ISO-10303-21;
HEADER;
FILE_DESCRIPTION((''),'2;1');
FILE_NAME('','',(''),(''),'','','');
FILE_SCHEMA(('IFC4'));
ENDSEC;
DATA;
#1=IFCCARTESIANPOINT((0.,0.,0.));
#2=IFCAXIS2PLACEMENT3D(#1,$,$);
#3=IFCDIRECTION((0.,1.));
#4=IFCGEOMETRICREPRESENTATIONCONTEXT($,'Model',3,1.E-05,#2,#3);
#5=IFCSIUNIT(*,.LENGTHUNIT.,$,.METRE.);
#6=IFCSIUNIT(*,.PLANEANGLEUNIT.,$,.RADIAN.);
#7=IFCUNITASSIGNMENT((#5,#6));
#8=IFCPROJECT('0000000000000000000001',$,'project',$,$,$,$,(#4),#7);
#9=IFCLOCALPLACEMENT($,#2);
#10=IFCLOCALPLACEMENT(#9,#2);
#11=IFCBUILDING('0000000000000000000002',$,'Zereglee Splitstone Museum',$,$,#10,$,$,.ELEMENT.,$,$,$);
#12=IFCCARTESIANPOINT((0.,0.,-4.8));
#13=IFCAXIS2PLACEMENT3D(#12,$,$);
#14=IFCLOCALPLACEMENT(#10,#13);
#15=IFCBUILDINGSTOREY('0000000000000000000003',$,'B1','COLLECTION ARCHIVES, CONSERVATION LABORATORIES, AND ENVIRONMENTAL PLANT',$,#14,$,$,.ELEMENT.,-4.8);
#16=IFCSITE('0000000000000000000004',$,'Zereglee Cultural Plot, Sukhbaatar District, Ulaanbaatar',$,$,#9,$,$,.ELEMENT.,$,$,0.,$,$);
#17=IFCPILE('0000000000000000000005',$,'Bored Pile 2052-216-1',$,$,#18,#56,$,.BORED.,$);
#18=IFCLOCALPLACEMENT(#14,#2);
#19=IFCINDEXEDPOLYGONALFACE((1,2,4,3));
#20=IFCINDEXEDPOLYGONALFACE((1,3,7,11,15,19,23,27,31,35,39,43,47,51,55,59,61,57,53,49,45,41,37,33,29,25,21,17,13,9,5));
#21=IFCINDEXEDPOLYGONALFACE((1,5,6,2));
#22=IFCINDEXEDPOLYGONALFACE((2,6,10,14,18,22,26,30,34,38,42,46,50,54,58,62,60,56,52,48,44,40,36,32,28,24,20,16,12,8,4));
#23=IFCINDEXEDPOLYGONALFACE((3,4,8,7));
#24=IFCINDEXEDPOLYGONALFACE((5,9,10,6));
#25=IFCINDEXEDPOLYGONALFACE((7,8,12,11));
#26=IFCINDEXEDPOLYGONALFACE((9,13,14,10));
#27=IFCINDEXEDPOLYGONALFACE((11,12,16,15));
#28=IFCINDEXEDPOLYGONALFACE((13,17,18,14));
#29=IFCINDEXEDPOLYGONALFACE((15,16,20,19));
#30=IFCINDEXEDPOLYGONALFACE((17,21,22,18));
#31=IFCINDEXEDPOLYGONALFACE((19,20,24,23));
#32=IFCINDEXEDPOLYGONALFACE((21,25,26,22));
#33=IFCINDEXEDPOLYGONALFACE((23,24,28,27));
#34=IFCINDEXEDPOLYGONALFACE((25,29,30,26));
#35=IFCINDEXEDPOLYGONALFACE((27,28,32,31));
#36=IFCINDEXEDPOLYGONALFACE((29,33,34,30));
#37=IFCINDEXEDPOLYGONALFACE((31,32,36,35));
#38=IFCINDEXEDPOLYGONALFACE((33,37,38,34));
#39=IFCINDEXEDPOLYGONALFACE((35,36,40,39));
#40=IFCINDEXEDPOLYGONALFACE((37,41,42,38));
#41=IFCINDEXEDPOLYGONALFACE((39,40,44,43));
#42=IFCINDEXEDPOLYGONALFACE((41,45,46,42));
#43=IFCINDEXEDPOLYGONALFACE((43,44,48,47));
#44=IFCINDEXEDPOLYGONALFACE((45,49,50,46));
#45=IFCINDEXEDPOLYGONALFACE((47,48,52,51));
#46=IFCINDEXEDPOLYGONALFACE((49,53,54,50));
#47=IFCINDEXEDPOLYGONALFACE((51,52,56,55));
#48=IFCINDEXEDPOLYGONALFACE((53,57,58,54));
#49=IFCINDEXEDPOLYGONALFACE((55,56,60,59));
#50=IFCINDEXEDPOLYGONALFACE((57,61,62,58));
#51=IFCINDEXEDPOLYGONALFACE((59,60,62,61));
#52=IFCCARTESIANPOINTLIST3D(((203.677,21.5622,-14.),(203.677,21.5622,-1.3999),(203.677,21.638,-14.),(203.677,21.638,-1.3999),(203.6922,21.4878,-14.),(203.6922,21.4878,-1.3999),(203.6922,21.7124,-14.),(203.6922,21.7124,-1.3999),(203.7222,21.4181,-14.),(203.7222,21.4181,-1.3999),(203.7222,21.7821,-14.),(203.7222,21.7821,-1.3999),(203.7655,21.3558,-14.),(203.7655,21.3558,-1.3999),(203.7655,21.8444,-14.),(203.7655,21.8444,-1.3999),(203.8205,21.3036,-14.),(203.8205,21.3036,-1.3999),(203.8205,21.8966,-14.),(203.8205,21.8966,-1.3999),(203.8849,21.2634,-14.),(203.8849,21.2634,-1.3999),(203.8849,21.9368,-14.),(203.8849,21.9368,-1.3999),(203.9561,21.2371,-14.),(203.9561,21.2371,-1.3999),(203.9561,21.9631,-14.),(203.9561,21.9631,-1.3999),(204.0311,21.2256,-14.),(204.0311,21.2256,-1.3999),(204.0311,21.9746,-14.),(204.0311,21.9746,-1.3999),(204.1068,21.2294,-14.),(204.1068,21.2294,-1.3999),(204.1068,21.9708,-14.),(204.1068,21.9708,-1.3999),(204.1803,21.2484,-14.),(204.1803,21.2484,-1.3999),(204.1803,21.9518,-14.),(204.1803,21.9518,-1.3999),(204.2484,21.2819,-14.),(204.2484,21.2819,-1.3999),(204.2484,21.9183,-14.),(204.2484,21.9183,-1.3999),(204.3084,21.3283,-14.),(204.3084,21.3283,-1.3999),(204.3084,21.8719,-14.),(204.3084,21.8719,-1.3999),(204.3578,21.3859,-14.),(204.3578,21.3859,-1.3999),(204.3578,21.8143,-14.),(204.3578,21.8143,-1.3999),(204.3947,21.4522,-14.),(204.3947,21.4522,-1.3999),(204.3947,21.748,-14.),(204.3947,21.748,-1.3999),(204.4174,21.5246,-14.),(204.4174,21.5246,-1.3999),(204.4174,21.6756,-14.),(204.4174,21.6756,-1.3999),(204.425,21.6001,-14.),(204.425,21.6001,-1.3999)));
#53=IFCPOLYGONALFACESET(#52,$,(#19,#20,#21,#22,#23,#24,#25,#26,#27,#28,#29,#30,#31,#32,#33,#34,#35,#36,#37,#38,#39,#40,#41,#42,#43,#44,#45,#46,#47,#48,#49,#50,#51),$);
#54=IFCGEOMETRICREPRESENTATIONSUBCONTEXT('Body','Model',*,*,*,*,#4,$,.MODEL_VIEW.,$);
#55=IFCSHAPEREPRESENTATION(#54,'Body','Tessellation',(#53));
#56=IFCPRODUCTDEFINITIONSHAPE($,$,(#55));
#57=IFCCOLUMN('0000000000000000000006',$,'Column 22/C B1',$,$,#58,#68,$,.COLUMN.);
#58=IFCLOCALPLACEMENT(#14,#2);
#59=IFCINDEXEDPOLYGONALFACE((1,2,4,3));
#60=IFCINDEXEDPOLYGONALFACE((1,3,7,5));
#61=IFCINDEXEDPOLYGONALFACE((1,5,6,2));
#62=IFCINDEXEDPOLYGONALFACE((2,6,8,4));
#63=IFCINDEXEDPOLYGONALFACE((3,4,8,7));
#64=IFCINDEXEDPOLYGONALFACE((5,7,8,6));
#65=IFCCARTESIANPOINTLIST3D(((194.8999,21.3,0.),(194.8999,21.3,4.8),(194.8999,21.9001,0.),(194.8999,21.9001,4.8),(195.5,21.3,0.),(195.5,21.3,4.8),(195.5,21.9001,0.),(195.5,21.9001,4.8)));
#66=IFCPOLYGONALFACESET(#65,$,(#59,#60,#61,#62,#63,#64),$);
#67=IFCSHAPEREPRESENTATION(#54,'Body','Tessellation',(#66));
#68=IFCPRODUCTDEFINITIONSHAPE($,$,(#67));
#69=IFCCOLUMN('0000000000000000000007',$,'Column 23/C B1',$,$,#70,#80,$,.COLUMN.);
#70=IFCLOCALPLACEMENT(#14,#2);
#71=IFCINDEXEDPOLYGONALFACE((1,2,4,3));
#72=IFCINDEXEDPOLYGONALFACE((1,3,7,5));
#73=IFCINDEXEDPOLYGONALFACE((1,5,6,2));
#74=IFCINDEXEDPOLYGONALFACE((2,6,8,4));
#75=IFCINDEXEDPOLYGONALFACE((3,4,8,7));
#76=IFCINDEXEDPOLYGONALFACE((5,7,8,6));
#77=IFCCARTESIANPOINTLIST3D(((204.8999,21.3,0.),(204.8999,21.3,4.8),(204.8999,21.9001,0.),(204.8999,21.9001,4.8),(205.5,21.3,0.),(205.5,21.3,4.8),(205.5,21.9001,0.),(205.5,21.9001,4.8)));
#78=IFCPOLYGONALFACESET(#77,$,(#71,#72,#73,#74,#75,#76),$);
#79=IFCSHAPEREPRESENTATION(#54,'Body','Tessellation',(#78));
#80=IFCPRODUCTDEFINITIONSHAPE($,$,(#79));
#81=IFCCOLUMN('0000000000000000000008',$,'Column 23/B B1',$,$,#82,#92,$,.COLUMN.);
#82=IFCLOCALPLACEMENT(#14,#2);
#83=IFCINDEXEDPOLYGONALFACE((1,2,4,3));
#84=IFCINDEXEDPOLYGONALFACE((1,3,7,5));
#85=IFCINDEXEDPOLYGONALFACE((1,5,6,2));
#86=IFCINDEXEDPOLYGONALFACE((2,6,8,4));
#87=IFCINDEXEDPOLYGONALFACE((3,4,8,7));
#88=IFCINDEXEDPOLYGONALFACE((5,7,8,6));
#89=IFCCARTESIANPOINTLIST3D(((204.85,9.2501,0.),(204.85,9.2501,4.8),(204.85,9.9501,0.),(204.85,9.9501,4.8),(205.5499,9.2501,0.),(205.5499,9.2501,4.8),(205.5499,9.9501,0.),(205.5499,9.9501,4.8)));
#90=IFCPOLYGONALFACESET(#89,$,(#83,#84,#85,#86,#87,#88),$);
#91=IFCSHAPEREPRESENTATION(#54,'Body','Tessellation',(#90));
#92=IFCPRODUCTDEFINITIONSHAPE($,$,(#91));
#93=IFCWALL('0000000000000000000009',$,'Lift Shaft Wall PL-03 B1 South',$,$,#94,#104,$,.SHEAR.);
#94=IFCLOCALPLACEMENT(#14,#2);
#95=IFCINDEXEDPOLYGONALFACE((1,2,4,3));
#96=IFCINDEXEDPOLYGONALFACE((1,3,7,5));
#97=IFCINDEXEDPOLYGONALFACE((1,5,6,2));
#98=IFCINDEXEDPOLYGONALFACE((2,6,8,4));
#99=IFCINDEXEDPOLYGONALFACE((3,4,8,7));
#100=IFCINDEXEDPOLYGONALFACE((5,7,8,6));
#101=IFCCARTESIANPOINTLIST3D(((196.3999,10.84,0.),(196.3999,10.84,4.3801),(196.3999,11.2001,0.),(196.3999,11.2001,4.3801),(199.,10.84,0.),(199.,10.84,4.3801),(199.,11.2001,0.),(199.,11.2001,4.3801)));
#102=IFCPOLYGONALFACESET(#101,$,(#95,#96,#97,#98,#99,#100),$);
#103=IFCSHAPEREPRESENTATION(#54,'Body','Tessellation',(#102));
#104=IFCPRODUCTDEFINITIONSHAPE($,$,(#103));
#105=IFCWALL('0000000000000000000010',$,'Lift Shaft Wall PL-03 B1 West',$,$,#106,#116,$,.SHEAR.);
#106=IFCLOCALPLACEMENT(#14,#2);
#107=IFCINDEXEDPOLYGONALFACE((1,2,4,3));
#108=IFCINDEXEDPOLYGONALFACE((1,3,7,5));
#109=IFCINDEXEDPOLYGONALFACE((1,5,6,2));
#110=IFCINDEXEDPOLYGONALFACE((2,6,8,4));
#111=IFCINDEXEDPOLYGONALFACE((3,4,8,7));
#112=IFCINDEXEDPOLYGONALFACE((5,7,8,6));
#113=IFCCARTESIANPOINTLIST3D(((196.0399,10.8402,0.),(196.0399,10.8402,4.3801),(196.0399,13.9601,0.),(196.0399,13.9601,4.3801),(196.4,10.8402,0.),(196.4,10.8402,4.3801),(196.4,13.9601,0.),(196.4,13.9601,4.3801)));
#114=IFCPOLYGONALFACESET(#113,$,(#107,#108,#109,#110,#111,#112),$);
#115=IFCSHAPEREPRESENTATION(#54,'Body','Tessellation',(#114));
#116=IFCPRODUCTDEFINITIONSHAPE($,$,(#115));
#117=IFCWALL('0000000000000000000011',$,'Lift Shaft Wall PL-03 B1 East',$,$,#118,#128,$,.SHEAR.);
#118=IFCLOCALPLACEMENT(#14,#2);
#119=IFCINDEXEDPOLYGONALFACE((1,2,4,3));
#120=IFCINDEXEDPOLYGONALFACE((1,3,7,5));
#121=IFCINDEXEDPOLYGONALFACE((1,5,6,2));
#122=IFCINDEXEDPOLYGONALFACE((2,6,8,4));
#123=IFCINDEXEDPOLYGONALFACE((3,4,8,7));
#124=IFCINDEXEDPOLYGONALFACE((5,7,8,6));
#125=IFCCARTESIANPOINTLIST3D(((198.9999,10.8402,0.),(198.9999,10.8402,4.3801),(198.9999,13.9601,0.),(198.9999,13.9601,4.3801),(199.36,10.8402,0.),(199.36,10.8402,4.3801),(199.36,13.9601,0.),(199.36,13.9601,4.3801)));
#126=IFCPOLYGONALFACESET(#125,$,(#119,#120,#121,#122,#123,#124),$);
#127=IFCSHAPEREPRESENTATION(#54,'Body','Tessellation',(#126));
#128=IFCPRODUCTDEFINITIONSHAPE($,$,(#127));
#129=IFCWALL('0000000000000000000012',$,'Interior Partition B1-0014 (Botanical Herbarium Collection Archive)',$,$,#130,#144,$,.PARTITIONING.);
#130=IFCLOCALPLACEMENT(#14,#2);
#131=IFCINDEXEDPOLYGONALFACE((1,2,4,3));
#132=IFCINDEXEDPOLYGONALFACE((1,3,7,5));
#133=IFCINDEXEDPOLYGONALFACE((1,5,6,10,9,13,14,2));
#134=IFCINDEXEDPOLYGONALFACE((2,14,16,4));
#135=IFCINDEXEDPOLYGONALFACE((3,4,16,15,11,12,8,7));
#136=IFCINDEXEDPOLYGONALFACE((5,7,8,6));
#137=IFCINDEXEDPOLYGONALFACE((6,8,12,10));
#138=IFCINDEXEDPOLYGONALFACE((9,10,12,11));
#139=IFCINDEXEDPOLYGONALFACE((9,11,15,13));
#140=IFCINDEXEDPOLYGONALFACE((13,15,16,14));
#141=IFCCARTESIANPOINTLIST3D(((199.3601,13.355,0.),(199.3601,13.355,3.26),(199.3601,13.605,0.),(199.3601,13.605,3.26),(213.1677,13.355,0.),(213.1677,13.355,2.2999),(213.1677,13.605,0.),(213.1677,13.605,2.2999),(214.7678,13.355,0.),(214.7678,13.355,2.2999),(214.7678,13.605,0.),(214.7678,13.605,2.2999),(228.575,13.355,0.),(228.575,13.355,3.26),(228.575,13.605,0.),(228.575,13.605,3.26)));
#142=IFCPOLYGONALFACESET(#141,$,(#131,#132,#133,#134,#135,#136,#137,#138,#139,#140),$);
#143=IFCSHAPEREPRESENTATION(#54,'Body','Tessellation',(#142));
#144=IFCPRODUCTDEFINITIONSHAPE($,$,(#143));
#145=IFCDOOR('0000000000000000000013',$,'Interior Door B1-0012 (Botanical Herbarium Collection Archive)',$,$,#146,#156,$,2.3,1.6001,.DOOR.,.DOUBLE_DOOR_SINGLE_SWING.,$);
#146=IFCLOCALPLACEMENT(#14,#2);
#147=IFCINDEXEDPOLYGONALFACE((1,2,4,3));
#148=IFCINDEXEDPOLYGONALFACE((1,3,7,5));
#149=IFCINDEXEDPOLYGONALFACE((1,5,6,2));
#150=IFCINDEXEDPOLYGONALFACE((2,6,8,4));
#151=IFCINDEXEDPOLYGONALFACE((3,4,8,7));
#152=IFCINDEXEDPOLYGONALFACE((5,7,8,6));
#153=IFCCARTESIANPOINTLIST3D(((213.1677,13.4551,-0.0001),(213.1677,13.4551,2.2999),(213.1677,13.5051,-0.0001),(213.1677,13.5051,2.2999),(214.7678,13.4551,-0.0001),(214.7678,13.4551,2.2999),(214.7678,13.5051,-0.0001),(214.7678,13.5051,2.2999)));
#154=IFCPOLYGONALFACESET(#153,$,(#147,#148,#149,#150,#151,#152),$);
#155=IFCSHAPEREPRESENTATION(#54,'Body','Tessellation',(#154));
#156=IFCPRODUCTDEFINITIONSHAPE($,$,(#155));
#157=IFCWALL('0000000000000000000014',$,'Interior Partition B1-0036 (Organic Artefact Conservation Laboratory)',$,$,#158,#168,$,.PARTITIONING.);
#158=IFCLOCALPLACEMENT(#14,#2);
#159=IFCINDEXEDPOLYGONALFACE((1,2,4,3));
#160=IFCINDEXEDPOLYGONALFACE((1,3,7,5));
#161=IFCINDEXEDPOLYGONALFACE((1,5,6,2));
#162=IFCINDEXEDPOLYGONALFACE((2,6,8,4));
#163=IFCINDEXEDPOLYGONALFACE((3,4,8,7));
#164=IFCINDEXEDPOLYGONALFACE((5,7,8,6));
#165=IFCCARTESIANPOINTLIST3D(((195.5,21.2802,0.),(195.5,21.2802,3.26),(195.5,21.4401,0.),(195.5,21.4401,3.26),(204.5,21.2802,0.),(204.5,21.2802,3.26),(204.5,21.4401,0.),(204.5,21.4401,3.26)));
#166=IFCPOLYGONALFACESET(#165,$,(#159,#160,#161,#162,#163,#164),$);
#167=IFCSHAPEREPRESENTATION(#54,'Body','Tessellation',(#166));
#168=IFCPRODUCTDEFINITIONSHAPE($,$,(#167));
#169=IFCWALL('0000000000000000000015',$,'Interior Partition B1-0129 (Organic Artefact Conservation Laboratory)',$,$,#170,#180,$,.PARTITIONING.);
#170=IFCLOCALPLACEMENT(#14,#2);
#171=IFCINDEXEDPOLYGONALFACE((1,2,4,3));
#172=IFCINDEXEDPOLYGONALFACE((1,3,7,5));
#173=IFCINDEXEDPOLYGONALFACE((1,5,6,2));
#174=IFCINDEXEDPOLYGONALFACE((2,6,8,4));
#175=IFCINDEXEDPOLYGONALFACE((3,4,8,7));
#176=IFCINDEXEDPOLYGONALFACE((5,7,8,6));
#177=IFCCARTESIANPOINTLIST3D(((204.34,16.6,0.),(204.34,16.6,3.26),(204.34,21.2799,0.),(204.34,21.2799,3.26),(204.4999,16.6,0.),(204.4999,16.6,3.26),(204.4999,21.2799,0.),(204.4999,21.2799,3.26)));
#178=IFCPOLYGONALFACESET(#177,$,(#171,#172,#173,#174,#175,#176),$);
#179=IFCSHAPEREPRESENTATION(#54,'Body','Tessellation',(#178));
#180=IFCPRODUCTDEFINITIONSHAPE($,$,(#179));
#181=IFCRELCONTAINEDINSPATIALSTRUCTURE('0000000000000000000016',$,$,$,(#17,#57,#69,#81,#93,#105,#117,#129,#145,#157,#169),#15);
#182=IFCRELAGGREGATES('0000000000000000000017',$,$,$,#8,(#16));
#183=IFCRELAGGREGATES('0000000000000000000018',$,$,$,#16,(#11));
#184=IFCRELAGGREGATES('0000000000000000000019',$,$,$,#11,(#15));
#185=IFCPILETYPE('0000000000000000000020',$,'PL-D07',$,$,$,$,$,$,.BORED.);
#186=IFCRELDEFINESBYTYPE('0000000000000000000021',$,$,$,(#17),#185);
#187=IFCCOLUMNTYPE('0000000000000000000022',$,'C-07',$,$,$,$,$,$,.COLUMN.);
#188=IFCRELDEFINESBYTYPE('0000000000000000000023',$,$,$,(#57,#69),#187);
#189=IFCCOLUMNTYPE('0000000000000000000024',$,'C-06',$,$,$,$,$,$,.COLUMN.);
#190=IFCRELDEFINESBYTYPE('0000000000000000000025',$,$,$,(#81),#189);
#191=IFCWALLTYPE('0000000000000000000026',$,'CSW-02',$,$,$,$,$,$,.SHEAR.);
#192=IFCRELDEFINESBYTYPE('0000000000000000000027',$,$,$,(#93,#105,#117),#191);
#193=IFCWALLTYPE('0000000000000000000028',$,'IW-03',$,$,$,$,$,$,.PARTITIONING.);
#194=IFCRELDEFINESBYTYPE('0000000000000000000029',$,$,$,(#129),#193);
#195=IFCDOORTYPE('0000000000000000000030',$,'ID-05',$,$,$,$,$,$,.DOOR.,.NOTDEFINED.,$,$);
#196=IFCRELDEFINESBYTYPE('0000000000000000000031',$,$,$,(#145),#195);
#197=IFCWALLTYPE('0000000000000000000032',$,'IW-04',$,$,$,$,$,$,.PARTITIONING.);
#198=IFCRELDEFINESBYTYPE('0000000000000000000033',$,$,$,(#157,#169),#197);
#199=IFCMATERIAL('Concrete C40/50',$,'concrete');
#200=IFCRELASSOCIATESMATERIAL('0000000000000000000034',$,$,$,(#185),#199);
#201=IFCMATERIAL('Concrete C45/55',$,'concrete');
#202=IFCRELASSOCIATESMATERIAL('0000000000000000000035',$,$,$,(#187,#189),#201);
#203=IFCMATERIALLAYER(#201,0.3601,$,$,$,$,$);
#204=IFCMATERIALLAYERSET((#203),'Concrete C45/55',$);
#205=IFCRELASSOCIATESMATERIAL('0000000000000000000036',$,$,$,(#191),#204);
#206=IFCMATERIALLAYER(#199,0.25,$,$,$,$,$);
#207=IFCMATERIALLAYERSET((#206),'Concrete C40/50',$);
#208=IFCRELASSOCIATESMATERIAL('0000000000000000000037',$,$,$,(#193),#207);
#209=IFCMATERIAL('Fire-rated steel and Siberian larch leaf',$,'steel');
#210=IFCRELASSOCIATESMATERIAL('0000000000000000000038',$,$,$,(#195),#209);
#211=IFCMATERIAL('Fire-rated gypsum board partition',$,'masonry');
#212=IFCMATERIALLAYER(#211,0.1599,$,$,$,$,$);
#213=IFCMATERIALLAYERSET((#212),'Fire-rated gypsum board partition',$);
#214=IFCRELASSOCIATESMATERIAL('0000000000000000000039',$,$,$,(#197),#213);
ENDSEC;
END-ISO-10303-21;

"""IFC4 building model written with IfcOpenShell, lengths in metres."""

from ifc_helpers import new_model, si_unit, direction, frame, frame_2d, origin, origin_2d, place, context, subcontext, project, spatial, rectangle, circle, extrude, material, layer, layer_set, material_profile, profile_set, type_object, element, fill, save


model = new_model("IFC4")

# Units and contexts
model_context = context("Model", 3, precision=1e-05, world=origin(), true_north=direction((0.0, 1.0)))
body_context = subcontext(model_context, "Body", "Model", "MODEL_VIEW")
ifc_project = project(units=[si_unit("LENGTHUNIT", "METRE"), si_unit("PLANEANGLEUNIT", "RADIAN")], contexts=[model_context])

# Site, building, storey
site_placement = place(None, origin())
site = spatial("IfcSite", under=ifc_project, at=site_placement, Name="Zereglee Cultural Plot, Sukhbaatar District, Ulaanbaatar", CompositionType="ELEMENT", RefElevation=0.0)
building_placement = place(site_placement, origin())
building = spatial("IfcBuilding", under=site, at=building_placement, Name="Zereglee Splitstone Museum", CompositionType="ELEMENT")
storey_placement = place(building_placement, frame((0.0, 0.0, -4.8)))
storey = spatial("IfcBuildingStorey", under=building, at=storey_placement, Name="B1", Description="COLLECTION ARCHIVES, CONSERVATION LABORATORIES, AND ENVIRONMENTAL PLANT", CompositionType="ELEMENT", Elevation=-4.8)

# Shared definitions
ifc_material_1 = material(Name="Concrete C40/50", Category="concrete")

# Pile
ifc_material_profile_1 = material_profile(ifc_material_1, circle(Radius=0.375, at=origin_2d()), Name="PILE D750")
ifc_profile_set_1 = profile_set([ifc_material_profile_1], Name="Concrete C40/50")
pile_type = type_object("IfcPileType", Name="PL-D07", PredefinedType="BORED", material=ifc_profile_set_1)
for number, where, z_axis, x_axis, name in (
    (1, (204.05, 21.6001, -1.3999), (0.0, 0.0, -1.0), (1.0, 0.0, 0.0), "Bored Pile 2052-216-1"),
):
    element("IfcPile", number, at=place(storey_placement, frame(where, z_axis=z_axis, x_axis=x_axis)), inside=storey, type_object=pile_type, Name=name, PredefinedType="BORED", context=body_context, shape_type="SweptSolid", body=[
        extrude(circle(Radius=0.375, at=origin_2d()), origin(), (0.0, 0.0, 1.0), 12.6001),
    ])

# Columns
ifc_material_2 = material(Name="Concrete C45/55", Category="concrete")
ifc_material_profile_2 = material_profile(ifc_material_2, rectangle(XDim=0.6001, YDim=0.6001, at=origin_2d()), Name="RC 600x600")
ifc_profile_set_2 = profile_set([ifc_material_profile_2], Name="Concrete C45/55")
column_type_1 = type_object("IfcColumnType", Name="C-07", PredefinedType="COLUMN", material=ifc_profile_set_2)
for number, where, z_axis, x_axis, name in (
    (2, (195.2, 21.6001, 0.0), (0.0, 0.0, 1.0), (1.0, 0.0, 0.0), "Column 22/C B1"),
    (3, (205.2, 21.6001, 0.0), (0.0, 0.0, 1.0), (1.0, 0.0, 0.0), "Column 23/C B1"),
):
    element("IfcColumn", number, at=place(storey_placement, frame(where, z_axis=z_axis, x_axis=x_axis)), inside=storey, type_object=column_type_1, Name=name, PredefinedType="COLUMN", context=body_context, shape_type="SweptSolid", body=[
        extrude(rectangle(XDim=0.6001, YDim=0.6001, at=origin_2d()), origin(), (0.0, 0.0, 1.0), 4.8),
    ])
ifc_material_profile_3 = material_profile(ifc_material_2, rectangle(XDim=0.7, YDim=0.7, at=origin_2d()), Name="RC 700x700")
ifc_profile_set_3 = profile_set([ifc_material_profile_3], Name="Concrete C45/55")
column_type_2 = type_object("IfcColumnType", Name="C-06", PredefinedType="COLUMN", material=ifc_profile_set_3)
column_placement = place(storey_placement, frame((205.2, 9.6001, 0.0), z_axis=(0.0, 0.0, 1.0), x_axis=(1.0, 0.0, 0.0)))
element("IfcColumn", 4, at=column_placement, inside=storey, type_object=column_type_2, Name="Column 23/B B1", PredefinedType="COLUMN", context=body_context, shape_type="SweptSolid", body=[
    extrude(rectangle(XDim=0.7, YDim=0.7, at=origin_2d()), origin(), (0.0, 0.0, 1.0), 4.8),
])

# Shared definitions
ifc_layer_1 = layer(ifc_material_2, 0.3601)
ifc_layer_set_1 = layer_set([ifc_layer_1], Name="Concrete C45/55")
wall_type_1 = type_object("IfcWallType", Name="CSW-02", PredefinedType="SHEAR", material=ifc_layer_set_1)
ifc_material_3 = material(Name="Fire-rated steel and Siberian larch leaf", Category="steel")

# Walls
wall_1_placement = place(storey_placement, frame((196.3999, 11.02, 0.0), z_axis=(0.0, 0.0, 1.0), x_axis=(1.0, 0.0, 0.0)))
element("IfcWall", 5, at=wall_1_placement, inside=storey, type_object=wall_type_1, Name="Lift Shaft Wall PL-03 B1 South", PredefinedType="SHEAR", context=body_context, shape_type="SweptSolid", body=[
    extrude(rectangle(XDim=2.6001, YDim=0.3601, at=frame_2d((1.3, 0.0))), origin(), (0.0, 0.0, 1.0), 4.3801),
])
for number, where, z_axis, x_axis, name in (
    (6, (196.22, 10.8401, 0.0), (0.0, 0.0, 1.0), (0.0, 1.0, 0.0), "Lift Shaft Wall PL-03 B1 West"),
    (7, (199.1799, 10.8401, 0.0), (0.0, 0.0, 1.0), (0.0, 1.0, 0.0), "Lift Shaft Wall PL-03 B1 East"),
):
    element("IfcWall", number, at=place(storey_placement, frame(where, z_axis=z_axis, x_axis=x_axis)), inside=storey, type_object=wall_type_1, Name=name, PredefinedType="SHEAR", context=body_context, shape_type="SweptSolid", body=[
        extrude(rectangle(XDim=3.1199, YDim=0.3601, at=frame_2d((1.5601, 0.0))), origin(), (0.0, 0.0, 1.0), 4.3801),
    ])

# Wall, opening, door
ifc_layer_2 = layer(ifc_material_1, 0.25)
ifc_layer_set_2 = layer_set([ifc_layer_2], Name="Concrete C40/50")
wall_type_2 = type_object("IfcWallType", Name="IW-03", PredefinedType="PARTITIONING", material=ifc_layer_set_2)
wall_2_placement = place(storey_placement, frame((199.3601, 13.48, 0.0), z_axis=(0.0, 0.0, 1.0), x_axis=(1.0, 0.0, 0.0)))
wall_2 = element("IfcWall", 8, at=wall_2_placement, inside=storey, type_object=wall_type_2, Name="Interior Partition B1-0014 (Botanical Herbarium Collection Archive)", PredefinedType="PARTITIONING", context=body_context, shape_type="SweptSolid", body=[
    extrude(rectangle(XDim=29.2148, YDim=0.25, at=frame_2d((14.6074, 0.0))), origin(), (0.0, 0.0, 1.0), 3.26),
])
opening_1_placement = place(wall_2_placement, frame((13.8076, 0.0, 0.0)))
opening_1 = element("IfcOpeningElement", 9, at=opening_1_placement, cuts=wall_2, PredefinedType="OPENING", context=body_context, shape_type="SweptSolid", body=[
    extrude(rectangle(XDim=1.6001, YDim=2.3, at=frame_2d((0.8, 1.1499))), frame((0.0, 0.1399, 0.0), z_axis=(0.0, -1.0, 0.0), x_axis=(1.0, 0.0, 0.0)), (0.0, 0.0, 1.0), 0.2798),
])
door_type_1 = type_object("IfcDoorType", Name="ID-05", OperationType="NOTDEFINED", PredefinedType="DOOR", material=ifc_material_3)
door_1_placement = place(opening_1_placement, frame((1.6001, 0.0, 0.0), z_axis=(0.0, 0.0, 1.0), x_axis=(-1.0, 0.0, 0.0)))
door_1 = element("IfcDoor", 10, at=door_1_placement, inside=storey, type_object=door_type_1, Name="Interior Door B1-0012 (Botanical Herbarium Collection Archive)", OperationType="DOUBLE_DOOR_SINGLE_SWING", OverallHeight=2.3, OverallWidth=1.6001, PredefinedType="DOOR", context=body_context, shape_type="SweptSolid", body=[
    extrude(rectangle(XDim=1.6001, YDim=2.3, at=frame_2d((0.8, 1.1499))), frame((0.0, 0.0249, 0.0), z_axis=(0.0, -1.0, 0.0), x_axis=(1.0, 0.0, 0.0)), (0.0, 0.0, 1.0), 0.05),
])
fill(opening_1, door_1)

# Walls
ifc_material_4 = material(Name="Fire-rated gypsum board partition", Category="masonry")
ifc_layer_3 = layer(ifc_material_4, 0.1599)
ifc_layer_set_3 = layer_set([ifc_layer_3], Name="Fire-rated gypsum board partition")
wall_type_3 = type_object("IfcWallType", Name="IW-04", PredefinedType="PARTITIONING", material=ifc_layer_set_3)
wall_3_placement = place(storey_placement, frame((195.5, 21.3601, 0.0), z_axis=(0.0, 0.0, 1.0), x_axis=(1.0, 0.0, 0.0)))
element("IfcWall", 11, at=wall_3_placement, inside=storey, type_object=wall_type_3, Name="Interior Partition B1-0036 (Organic Artefact Conservation Laboratory)", PredefinedType="PARTITIONING", context=body_context, shape_type="SweptSolid", body=[
    extrude(rectangle(XDim=9.0, YDim=0.1599, at=frame_2d((4.5, 0.0))), origin(), (0.0, 0.0, 1.0), 3.26),
])
wall_4_placement = place(storey_placement, frame((204.4199, 16.6001, 0.0), z_axis=(0.0, 0.0, 1.0), x_axis=(0.0, 1.0, 0.0)))
element("IfcWall", 12, at=wall_4_placement, inside=storey, type_object=wall_type_3, Name="Interior Partition B1-0129 (Organic Artefact Conservation Laboratory)", PredefinedType="PARTITIONING", context=body_context, shape_type="SweptSolid", body=[
    extrude(rectangle(XDim=4.6799, YDim=0.1599, at=frame_2d((2.3398, 0.0))), origin(), (0.0, 0.0, 1.0), 3.26),
])

save(model, "model.ifc")
